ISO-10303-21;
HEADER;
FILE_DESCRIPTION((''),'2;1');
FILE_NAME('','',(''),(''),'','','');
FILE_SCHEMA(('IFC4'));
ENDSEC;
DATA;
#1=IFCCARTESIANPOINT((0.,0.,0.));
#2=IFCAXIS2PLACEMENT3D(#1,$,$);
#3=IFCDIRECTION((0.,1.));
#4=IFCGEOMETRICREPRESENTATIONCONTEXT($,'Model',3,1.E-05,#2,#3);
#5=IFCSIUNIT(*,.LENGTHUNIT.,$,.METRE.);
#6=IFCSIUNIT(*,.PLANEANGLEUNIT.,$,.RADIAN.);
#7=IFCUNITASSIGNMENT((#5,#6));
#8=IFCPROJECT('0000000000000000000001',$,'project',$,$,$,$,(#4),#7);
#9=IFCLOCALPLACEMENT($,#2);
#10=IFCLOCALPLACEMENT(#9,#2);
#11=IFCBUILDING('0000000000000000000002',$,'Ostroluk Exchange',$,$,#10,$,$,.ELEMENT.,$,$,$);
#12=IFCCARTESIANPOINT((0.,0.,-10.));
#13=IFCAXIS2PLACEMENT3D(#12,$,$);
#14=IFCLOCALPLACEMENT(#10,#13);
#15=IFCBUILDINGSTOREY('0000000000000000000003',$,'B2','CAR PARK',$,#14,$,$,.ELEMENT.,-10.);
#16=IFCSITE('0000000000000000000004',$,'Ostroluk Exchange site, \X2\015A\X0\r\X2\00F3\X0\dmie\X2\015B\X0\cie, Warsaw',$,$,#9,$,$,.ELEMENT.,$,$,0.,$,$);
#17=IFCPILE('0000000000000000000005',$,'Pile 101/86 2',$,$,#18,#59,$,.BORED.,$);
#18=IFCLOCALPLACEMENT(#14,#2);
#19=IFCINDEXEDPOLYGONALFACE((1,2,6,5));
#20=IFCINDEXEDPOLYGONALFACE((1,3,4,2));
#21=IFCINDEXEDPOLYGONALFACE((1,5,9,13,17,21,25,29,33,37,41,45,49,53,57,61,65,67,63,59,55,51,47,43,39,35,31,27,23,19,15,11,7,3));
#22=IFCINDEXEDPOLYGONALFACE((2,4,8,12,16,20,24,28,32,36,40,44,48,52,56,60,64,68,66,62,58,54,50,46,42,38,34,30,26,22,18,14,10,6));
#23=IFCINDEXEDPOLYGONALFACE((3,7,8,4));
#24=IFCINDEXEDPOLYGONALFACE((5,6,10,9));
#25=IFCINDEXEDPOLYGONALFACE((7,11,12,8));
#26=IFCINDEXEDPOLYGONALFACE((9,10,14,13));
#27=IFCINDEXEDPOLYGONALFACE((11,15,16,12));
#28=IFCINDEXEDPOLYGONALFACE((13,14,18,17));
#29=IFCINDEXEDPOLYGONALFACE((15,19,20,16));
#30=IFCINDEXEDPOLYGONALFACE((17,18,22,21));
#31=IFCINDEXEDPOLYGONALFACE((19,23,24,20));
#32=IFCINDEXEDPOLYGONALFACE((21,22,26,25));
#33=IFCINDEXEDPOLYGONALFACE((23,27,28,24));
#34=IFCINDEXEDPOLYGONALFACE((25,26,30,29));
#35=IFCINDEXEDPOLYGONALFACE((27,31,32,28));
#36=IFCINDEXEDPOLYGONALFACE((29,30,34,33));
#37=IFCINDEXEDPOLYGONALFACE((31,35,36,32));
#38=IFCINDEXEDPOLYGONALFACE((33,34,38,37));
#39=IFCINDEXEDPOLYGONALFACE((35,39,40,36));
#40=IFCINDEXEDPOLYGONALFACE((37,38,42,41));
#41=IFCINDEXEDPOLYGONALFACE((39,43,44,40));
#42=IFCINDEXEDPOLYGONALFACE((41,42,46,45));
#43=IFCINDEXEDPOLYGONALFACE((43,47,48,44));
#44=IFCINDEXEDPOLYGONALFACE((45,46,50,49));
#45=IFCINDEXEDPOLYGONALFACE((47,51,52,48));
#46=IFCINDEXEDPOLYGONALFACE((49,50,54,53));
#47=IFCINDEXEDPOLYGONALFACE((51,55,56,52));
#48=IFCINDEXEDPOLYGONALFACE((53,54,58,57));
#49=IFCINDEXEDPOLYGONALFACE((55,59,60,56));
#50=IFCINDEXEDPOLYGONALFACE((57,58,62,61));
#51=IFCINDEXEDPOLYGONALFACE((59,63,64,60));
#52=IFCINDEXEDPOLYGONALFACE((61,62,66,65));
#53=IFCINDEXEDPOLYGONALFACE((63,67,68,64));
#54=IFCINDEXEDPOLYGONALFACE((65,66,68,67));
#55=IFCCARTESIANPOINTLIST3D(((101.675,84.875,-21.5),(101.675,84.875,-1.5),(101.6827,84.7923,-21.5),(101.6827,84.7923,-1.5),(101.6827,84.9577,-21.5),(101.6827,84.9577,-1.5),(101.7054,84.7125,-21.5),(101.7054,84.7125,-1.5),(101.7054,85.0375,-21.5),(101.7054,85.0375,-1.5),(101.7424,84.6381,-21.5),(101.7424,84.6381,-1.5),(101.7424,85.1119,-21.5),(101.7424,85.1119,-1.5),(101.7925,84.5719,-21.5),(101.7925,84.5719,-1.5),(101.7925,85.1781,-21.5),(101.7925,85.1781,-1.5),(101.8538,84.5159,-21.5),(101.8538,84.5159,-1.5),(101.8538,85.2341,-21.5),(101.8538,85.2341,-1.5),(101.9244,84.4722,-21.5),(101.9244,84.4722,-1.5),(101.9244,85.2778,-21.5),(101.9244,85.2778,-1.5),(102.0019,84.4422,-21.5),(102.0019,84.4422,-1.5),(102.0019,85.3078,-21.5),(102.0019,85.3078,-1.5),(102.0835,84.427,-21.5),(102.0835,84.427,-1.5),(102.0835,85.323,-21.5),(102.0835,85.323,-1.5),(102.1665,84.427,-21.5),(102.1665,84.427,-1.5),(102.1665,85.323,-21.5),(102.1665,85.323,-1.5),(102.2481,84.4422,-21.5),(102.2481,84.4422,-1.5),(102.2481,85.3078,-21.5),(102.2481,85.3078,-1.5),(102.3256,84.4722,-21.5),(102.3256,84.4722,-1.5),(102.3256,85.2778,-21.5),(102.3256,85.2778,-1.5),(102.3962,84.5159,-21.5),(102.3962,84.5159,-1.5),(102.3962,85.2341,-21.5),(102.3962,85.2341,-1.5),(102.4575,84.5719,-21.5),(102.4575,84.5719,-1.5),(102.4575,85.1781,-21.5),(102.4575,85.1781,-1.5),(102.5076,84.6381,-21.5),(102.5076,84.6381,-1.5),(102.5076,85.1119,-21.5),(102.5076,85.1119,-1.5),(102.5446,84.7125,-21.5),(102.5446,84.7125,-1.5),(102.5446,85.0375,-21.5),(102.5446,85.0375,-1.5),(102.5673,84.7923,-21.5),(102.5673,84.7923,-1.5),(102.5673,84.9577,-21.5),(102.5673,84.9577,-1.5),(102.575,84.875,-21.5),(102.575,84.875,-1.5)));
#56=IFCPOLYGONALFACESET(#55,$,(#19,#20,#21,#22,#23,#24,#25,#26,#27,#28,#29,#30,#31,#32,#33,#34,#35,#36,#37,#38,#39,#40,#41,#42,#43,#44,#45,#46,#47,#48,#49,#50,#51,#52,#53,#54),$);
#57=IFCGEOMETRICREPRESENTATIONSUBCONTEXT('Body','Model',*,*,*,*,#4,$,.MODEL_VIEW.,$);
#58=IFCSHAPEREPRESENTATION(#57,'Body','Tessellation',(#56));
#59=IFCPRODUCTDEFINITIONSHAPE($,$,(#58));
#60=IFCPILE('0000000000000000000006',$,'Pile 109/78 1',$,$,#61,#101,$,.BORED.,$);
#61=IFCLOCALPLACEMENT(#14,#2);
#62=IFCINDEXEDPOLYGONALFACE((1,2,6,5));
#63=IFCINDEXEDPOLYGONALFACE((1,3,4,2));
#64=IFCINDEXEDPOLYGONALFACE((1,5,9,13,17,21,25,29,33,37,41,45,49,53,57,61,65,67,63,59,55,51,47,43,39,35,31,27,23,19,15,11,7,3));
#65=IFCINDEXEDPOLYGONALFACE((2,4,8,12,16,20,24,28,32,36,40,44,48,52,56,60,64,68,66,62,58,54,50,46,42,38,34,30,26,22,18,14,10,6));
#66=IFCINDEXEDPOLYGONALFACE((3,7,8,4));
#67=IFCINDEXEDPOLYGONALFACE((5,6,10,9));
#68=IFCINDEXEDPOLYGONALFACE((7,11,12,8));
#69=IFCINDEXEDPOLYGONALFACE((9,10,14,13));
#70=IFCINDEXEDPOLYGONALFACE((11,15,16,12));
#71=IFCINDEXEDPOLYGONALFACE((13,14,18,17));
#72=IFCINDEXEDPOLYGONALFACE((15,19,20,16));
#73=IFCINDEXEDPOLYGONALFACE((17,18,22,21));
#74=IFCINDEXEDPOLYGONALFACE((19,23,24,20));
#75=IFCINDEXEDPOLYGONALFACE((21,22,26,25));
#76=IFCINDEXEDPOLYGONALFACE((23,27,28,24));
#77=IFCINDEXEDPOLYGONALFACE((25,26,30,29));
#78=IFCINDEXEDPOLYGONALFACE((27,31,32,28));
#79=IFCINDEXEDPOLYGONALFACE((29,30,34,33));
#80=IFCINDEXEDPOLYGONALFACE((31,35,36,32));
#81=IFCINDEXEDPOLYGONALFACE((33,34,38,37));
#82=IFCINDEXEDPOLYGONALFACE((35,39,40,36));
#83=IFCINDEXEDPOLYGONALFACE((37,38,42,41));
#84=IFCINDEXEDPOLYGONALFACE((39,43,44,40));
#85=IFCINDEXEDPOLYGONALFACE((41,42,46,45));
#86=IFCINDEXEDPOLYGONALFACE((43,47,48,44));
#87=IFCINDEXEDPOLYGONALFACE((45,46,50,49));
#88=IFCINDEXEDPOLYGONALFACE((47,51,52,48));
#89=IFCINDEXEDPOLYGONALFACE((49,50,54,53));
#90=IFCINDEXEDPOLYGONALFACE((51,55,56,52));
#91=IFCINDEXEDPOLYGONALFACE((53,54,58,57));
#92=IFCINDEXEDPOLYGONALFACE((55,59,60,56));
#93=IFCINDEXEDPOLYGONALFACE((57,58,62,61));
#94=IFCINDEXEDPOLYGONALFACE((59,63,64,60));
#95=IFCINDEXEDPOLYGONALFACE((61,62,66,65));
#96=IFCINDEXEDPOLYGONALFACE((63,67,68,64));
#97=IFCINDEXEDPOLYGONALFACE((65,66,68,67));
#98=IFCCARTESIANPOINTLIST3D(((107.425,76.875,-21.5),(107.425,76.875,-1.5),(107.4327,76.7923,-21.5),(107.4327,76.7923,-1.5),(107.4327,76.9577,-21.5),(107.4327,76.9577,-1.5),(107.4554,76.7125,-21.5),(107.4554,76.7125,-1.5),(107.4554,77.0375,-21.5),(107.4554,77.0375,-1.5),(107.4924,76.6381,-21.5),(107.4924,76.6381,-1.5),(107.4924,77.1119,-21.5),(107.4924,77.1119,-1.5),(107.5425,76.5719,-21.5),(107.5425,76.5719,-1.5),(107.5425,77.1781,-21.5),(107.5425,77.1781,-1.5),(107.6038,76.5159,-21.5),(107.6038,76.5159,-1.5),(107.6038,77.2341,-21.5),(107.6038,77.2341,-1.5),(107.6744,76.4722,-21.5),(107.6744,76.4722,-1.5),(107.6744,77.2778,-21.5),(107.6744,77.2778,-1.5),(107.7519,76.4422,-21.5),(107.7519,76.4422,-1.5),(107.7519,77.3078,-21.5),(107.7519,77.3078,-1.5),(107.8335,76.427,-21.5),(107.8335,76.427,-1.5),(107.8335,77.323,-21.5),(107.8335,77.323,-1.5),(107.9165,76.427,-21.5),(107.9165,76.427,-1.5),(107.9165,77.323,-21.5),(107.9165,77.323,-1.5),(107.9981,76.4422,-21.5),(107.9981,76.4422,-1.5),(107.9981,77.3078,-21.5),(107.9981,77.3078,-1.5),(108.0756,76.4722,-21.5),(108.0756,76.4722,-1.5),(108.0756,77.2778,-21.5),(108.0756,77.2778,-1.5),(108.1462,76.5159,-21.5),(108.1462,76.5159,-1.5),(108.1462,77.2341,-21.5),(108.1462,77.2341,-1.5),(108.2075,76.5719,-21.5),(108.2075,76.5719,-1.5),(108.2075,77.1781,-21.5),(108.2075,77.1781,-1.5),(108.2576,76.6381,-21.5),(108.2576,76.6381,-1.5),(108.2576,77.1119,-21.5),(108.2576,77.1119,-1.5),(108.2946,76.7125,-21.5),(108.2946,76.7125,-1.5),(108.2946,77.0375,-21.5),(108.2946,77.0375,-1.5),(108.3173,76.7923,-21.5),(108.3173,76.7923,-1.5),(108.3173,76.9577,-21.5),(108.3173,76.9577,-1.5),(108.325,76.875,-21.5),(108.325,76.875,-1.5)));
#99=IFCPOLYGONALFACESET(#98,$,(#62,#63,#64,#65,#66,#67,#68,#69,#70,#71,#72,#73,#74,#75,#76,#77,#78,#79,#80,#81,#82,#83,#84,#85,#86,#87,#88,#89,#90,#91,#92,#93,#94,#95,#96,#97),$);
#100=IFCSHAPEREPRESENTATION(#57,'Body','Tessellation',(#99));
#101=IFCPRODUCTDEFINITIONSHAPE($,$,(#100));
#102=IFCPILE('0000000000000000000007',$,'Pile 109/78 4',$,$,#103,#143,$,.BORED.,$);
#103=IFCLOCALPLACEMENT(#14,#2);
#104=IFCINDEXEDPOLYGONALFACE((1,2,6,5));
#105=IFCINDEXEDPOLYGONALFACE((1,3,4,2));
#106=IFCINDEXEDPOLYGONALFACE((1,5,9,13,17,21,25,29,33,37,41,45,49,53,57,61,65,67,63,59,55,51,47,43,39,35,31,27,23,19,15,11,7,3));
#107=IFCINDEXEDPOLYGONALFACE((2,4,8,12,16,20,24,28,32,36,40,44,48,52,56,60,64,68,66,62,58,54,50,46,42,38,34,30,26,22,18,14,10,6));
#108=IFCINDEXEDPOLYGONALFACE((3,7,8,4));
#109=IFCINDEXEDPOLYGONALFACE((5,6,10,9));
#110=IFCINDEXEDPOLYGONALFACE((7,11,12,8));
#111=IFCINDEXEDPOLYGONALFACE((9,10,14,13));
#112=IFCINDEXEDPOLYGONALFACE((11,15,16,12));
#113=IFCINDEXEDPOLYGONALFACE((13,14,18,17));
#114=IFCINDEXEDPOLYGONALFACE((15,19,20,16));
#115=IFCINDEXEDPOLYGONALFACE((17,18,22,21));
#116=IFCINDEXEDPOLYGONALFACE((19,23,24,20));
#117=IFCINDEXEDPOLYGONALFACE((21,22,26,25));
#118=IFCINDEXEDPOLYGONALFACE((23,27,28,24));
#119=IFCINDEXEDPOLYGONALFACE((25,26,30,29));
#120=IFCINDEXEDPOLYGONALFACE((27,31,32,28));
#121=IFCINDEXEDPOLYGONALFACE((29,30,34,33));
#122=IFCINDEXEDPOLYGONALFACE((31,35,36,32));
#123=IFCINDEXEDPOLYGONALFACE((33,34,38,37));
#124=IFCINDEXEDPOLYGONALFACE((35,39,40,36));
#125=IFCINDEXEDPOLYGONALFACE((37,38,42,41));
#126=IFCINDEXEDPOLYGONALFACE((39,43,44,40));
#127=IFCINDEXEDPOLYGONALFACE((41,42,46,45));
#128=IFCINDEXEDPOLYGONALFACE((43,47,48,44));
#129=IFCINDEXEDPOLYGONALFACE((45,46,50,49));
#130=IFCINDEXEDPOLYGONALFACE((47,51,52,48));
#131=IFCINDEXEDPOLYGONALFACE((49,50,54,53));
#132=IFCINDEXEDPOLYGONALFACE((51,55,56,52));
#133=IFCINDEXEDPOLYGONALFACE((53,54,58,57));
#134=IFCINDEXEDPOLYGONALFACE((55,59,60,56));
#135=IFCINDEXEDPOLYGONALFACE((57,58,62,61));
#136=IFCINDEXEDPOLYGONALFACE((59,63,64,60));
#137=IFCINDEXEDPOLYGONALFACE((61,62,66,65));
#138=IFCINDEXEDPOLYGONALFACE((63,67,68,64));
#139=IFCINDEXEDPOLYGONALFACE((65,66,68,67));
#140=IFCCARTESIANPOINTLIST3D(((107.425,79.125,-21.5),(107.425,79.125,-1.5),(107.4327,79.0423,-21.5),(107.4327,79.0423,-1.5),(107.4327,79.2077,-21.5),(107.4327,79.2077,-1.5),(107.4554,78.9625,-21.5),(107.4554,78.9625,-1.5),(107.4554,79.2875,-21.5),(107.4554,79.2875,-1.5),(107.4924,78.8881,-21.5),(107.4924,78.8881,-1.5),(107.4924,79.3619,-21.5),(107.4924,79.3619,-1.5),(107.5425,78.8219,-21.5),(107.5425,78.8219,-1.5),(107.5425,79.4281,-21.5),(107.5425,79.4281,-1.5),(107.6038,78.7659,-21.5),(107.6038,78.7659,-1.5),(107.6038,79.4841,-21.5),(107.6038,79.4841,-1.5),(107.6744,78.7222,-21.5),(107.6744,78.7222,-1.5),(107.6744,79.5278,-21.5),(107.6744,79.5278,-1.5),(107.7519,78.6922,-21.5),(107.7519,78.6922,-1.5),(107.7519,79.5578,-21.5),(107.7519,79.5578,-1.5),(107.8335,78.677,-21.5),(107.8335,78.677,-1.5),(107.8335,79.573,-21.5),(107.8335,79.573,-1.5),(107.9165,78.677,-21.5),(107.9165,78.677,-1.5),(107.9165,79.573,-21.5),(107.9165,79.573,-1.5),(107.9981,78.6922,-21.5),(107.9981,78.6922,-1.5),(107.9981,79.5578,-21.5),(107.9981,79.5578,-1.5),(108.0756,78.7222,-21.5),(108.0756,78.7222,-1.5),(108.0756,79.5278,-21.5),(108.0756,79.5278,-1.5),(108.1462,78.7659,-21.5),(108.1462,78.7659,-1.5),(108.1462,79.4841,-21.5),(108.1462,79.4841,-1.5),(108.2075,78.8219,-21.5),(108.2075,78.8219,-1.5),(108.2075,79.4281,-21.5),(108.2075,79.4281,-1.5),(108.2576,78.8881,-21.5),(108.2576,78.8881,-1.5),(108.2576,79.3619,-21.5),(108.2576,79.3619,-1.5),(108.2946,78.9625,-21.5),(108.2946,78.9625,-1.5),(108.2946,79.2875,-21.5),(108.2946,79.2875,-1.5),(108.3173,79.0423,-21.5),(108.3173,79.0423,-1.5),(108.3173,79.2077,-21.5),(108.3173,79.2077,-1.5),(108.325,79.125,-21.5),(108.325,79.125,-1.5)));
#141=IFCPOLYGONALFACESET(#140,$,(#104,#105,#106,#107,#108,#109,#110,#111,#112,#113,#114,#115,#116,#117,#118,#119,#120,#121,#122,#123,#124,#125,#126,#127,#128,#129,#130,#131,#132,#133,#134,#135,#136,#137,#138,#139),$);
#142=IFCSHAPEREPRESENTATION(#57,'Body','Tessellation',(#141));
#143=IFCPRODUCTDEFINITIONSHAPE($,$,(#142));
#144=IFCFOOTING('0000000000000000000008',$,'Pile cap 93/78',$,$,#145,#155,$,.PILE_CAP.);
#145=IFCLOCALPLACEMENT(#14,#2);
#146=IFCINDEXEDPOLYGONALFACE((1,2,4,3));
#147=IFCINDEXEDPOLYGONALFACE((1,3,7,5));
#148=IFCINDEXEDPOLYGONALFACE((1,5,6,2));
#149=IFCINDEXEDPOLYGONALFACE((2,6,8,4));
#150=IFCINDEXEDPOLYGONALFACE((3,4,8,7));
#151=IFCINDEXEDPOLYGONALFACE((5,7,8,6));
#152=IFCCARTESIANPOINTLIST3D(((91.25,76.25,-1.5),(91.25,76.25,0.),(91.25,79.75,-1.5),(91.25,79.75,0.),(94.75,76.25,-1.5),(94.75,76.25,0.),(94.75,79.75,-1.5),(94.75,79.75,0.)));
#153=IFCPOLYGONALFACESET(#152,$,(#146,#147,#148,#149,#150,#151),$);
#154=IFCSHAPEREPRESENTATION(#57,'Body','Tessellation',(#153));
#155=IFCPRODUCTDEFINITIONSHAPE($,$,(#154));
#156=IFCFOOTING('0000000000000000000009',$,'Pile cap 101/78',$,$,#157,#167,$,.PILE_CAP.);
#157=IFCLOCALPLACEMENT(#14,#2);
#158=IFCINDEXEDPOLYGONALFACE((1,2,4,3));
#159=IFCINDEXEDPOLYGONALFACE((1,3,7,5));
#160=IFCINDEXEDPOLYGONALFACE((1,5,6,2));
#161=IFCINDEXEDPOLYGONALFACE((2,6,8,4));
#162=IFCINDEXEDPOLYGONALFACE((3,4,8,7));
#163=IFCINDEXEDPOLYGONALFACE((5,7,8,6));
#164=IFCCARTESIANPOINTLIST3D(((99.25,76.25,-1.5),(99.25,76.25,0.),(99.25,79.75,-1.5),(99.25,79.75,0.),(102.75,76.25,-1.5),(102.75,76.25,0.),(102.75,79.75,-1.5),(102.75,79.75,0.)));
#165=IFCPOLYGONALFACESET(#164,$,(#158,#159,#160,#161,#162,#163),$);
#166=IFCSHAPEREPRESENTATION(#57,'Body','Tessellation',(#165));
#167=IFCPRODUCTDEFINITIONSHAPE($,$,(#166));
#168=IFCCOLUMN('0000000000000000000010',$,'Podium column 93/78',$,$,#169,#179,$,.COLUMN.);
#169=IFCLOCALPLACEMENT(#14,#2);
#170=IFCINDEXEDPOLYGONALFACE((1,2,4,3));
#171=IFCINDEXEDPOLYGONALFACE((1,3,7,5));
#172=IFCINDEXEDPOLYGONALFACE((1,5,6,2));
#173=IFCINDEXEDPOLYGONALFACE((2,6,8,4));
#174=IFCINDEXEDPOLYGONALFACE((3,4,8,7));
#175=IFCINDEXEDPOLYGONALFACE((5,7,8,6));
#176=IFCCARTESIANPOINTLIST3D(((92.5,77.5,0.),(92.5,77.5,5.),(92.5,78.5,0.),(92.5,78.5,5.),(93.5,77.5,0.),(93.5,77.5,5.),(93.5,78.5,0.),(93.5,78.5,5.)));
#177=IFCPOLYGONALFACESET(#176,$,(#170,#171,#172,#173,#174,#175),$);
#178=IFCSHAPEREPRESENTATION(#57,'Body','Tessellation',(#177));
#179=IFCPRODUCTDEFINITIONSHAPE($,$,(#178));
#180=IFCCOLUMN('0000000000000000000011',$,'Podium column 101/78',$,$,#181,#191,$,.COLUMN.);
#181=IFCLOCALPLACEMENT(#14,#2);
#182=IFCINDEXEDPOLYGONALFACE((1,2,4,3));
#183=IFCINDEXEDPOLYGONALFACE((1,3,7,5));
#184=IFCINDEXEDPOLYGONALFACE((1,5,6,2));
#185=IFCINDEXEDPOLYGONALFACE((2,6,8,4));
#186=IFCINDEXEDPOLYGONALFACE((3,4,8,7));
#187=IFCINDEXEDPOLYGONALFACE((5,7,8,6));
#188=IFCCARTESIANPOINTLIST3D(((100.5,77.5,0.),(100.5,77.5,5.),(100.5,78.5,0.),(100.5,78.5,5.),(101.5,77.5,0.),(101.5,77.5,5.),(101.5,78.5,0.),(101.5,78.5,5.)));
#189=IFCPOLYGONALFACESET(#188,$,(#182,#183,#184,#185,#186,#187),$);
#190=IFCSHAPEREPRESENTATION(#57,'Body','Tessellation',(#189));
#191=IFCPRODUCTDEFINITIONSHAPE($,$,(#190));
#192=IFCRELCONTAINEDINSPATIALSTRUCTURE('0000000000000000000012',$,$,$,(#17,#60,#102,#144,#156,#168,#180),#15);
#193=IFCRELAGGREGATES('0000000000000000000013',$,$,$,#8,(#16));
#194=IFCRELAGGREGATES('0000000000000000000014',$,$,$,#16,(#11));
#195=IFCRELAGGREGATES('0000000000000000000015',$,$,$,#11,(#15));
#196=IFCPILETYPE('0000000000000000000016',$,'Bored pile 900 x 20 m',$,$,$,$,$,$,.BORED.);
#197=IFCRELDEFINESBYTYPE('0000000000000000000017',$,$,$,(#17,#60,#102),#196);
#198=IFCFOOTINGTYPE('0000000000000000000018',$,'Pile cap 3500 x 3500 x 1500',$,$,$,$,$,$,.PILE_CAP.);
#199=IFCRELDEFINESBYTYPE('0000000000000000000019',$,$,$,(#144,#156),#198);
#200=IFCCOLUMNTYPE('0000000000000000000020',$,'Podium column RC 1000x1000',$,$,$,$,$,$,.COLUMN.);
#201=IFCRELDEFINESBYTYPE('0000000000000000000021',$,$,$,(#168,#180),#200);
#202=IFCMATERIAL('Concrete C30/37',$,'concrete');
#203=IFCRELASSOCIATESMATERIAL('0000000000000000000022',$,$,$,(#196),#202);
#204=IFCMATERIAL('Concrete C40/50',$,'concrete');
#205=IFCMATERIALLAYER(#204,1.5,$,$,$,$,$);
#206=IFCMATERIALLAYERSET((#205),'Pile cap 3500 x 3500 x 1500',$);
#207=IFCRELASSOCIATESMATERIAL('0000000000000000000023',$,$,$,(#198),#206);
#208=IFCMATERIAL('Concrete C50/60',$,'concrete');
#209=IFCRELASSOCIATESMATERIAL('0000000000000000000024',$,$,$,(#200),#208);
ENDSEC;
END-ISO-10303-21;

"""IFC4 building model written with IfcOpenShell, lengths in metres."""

from ifc_helpers import new_model, si_unit, direction, frame, origin, origin_2d, place, context, subcontext, project, spatial, rectangle, circle, extrude, material, layer, layer_set, material_profile, profile_set, type_object, element, save


model = new_model("IFC4")

# Units and contexts
model_context = context("Model", 3, precision=1e-05, world=origin(), true_north=direction((0.0, 1.0)))
body_context = subcontext(model_context, "Body", "Model", "MODEL_VIEW")
ifc_project = project(units=[si_unit("LENGTHUNIT", "METRE"), si_unit("PLANEANGLEUNIT", "RADIAN")], contexts=[model_context])

# Site, building, storey
site_placement = place(None, origin())
site = spatial("IfcSite", under=ifc_project, at=site_placement, Name="Ostroluk Exchange site, Śródmieście, Warsaw", CompositionType="ELEMENT", RefElevation=0.0)
building_placement = place(site_placement, origin())
building = spatial("IfcBuilding", under=site, at=building_placement, Name="Ostroluk Exchange", CompositionType="ELEMENT")
storey_placement = place(building_placement, frame((0.0, 0.0, -10.0)))
storey = spatial("IfcBuildingStorey", under=building, at=storey_placement, Name="B2", Description="CAR PARK", CompositionType="ELEMENT", Elevation=-10.0)

# Piles
ifc_material_1 = material(Name="Concrete C30/37", Category="concrete")
pile_type = type_object("IfcPileType", Name="Bored pile 900 x 20 m", PredefinedType="BORED", material=ifc_material_1)
for number, where, z_axis, x_axis, name in (
    (1, (102.125, 84.875, -1.5), (0.0, 0.0, -1.0), (1.0, 0.0, 0.0), "Pile 101/86 2"),
    (2, (107.875, 76.875, -1.5), (0.0, 0.0, -1.0), (1.0, 0.0, 0.0), "Pile 109/78 1"),
    (3, (107.875, 79.125, -1.5), (0.0, 0.0, -1.0), (1.0, 0.0, 0.0), "Pile 109/78 4"),
):
    element("IfcPile", number, at=place(storey_placement, frame(where, z_axis=z_axis, x_axis=x_axis)), inside=storey, type_object=pile_type, Name=name, PredefinedType="BORED", context=body_context, shape_type="SweptSolid", body=[
        extrude(circle(Radius=0.45, at=origin_2d()), origin(), (0.0, 0.0, 1.0), 20.0),
    ])

# Footings
ifc_material_2 = material(Name="Concrete C40/50", Category="concrete")
ifc_layer = layer(ifc_material_2, 1.5)
ifc_layer_set = layer_set([ifc_layer], Name="Pile cap 3500 x 3500 x 1500")
footing_type = type_object("IfcFootingType", Name="Pile cap 3500 x 3500 x 1500", PredefinedType="PILE_CAP", material=ifc_layer_set)
for number, where, z_axis, x_axis, name in (
    (4, (93.0, 78.0, -1.5), (0.0, 0.0, 1.0), (1.0, 0.0, 0.0), "Pile cap 93/78"),
    (5, (101.0, 78.0, -1.5), (0.0, 0.0, 1.0), (1.0, 0.0, 0.0), "Pile cap 101/78"),
):
    element("IfcFooting", number, at=place(storey_placement, frame(where, z_axis=z_axis, x_axis=x_axis)), inside=storey, type_object=footing_type, Name=name, PredefinedType="PILE_CAP", context=body_context, shape_type="SweptSolid", body=[
        extrude(rectangle(XDim=3.5, YDim=3.5, at=origin_2d()), origin(), (0.0, 0.0, 1.0), 1.5),
    ])

# Columns
ifc_material_3 = material(Name="Concrete C50/60", Category="concrete")
ifc_material_profile = material_profile(ifc_material_3, rectangle(XDim=1.0, YDim=1.0, at=origin_2d()), Name="RC 1000x1000")
ifc_profile_set = profile_set([ifc_material_profile], Name="Concrete C50/60")
column_type = type_object("IfcColumnType", Name="Podium column RC 1000x1000", PredefinedType="COLUMN", material=ifc_profile_set)
for number, where, z_axis, x_axis, name in (
    (6, (93.0, 78.0, 0.0), (0.0, 0.0, 1.0), (1.0, 0.0, 0.0), "Podium column 93/78"),
    (7, (101.0, 78.0, 0.0), (0.0, 0.0, 1.0), (1.0, 0.0, 0.0), "Podium column 101/78"),
):
    element("IfcColumn", number, at=place(storey_placement, frame(where, z_axis=z_axis, x_axis=x_axis)), inside=storey, type_object=column_type, Name=name, PredefinedType="COLUMN", context=body_context, shape_type="SweptSolid", body=[
        extrude(rectangle(XDim=1.0, YDim=1.0, at=origin_2d()), origin(), (0.0, 0.0, 1.0), 5.0),
    ])

save(model, "model.ifc")
